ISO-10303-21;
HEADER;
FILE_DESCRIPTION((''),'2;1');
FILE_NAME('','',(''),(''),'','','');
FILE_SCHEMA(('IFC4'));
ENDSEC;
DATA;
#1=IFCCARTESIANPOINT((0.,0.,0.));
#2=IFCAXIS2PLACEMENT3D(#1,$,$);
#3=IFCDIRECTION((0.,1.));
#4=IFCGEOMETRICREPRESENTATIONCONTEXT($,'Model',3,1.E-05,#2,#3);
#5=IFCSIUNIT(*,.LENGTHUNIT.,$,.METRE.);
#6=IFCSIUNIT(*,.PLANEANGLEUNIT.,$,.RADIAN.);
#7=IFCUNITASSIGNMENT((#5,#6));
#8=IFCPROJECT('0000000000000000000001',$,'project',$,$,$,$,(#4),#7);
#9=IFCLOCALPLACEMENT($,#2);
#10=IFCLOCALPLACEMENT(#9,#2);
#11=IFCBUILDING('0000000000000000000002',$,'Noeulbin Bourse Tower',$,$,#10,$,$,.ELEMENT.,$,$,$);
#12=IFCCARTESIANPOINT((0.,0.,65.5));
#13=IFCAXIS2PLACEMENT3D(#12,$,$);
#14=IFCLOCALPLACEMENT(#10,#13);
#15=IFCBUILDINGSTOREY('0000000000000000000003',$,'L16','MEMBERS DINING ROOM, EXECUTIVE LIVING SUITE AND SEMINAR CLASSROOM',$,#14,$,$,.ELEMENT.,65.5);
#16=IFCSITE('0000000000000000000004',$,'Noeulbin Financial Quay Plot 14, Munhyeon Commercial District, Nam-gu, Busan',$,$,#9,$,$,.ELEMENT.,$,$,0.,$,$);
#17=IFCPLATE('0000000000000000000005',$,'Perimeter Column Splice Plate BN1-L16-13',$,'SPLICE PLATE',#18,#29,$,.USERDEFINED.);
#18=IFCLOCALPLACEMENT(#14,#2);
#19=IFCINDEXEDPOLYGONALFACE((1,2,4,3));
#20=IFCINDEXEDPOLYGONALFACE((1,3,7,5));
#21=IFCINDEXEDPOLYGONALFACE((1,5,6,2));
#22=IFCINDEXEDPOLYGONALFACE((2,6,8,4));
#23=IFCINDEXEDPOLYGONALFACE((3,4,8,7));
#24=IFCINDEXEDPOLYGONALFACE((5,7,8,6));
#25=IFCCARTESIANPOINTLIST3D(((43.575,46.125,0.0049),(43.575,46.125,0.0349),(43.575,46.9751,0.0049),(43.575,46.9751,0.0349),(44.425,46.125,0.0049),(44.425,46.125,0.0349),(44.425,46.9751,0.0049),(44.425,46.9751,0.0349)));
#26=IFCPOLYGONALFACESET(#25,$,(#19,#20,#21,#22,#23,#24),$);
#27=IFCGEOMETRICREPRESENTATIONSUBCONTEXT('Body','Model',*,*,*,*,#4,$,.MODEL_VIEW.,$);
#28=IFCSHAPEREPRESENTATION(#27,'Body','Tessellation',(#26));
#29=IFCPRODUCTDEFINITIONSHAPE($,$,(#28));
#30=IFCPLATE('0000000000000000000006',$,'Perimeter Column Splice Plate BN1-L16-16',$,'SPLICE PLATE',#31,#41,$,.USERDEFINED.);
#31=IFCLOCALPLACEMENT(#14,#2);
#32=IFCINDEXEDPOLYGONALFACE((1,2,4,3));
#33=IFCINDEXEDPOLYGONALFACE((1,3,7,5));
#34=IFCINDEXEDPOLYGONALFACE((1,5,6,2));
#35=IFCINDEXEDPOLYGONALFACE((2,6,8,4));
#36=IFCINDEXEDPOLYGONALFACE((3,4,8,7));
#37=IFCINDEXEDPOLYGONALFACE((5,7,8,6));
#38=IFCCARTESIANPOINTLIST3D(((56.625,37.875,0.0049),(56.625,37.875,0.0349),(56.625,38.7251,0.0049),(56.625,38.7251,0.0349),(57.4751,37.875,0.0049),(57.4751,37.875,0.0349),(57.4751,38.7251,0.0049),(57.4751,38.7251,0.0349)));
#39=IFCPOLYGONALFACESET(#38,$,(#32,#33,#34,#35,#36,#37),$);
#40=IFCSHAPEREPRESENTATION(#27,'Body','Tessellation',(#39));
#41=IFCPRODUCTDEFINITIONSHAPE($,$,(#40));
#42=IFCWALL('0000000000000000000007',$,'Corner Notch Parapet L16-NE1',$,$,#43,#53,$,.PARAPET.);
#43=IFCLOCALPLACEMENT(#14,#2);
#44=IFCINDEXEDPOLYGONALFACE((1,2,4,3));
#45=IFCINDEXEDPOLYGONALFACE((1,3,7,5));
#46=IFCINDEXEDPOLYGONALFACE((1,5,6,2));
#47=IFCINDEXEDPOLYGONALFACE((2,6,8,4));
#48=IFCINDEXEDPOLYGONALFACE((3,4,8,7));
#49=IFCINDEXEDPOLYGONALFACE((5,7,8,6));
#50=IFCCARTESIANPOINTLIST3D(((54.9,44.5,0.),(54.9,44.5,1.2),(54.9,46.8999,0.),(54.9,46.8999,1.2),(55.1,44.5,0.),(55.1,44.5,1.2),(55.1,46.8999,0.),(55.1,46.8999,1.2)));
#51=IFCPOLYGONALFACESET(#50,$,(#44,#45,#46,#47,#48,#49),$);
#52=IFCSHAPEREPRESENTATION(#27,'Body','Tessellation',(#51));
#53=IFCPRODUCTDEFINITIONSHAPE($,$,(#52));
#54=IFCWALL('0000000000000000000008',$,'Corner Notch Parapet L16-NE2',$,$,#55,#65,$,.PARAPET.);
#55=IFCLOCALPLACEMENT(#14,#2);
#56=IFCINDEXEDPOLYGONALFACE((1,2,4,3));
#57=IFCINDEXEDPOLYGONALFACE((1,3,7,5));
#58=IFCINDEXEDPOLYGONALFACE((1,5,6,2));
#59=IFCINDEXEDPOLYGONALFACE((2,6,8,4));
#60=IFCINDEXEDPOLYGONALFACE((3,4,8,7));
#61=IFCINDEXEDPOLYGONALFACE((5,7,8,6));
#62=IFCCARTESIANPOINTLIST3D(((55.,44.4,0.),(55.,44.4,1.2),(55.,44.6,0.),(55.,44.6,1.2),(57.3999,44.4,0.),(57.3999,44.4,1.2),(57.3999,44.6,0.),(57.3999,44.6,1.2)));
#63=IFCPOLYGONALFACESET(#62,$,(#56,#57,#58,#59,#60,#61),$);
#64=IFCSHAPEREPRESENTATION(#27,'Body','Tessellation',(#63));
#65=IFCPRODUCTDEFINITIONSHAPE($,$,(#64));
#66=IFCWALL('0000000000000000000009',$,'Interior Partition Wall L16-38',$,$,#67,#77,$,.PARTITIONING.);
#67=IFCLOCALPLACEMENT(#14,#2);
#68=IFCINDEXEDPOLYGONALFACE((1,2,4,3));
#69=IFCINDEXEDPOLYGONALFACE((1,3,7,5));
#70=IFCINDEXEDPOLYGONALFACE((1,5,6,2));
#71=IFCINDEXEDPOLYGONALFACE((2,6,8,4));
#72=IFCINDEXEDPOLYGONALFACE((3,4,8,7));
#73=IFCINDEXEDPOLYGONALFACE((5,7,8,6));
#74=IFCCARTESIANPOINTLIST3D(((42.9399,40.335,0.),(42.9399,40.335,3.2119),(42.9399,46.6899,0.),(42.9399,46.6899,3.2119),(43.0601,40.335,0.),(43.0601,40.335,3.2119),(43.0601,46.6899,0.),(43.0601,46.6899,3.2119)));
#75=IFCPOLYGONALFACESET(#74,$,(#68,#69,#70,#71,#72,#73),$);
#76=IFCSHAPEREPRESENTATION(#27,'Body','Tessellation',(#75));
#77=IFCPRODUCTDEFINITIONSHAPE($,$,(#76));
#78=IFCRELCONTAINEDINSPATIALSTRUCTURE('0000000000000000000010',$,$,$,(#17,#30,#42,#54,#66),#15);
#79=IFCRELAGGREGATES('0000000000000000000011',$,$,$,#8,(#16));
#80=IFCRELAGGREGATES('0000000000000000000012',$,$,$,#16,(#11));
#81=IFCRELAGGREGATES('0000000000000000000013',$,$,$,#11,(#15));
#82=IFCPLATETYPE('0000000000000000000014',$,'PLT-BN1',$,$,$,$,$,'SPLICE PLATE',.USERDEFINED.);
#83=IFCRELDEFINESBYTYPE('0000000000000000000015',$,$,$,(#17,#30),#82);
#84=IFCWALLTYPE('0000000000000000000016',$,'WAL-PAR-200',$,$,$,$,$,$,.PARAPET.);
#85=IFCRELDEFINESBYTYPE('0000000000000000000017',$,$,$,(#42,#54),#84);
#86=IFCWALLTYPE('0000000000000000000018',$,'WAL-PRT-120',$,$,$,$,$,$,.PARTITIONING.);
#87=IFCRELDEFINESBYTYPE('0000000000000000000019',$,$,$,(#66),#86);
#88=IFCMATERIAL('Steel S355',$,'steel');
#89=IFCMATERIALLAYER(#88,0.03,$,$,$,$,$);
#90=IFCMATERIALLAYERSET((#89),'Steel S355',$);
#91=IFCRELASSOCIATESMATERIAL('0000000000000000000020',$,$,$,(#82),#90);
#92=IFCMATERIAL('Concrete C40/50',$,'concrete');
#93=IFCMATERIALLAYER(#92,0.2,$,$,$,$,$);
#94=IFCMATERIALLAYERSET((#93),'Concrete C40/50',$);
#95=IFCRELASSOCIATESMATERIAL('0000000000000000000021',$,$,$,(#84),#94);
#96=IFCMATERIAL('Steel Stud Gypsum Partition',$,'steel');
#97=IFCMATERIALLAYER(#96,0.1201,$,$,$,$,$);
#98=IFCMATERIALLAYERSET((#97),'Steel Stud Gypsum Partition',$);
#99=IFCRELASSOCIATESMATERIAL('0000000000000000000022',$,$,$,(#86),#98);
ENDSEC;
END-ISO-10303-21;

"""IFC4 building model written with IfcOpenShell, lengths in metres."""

from ifc_helpers import new_model, si_unit, direction, frame, frame_2d, origin, origin_2d, place, context, subcontext, project, spatial, rectangle, extrude, material, layer, layer_set, type_object, element, save


model = new_model("IFC4")

# Units and contexts
model_context = context("Model", 3, precision=1e-05, world=origin(), true_north=direction((0.0, 1.0)))
body_context = subcontext(model_context, "Body", "Model", "MODEL_VIEW")
ifc_project = project(units=[si_unit("LENGTHUNIT", "METRE"), si_unit("PLANEANGLEUNIT", "RADIAN")], contexts=[model_context])

# Site, building, storey
site_placement = place(None, origin())
site = spatial("IfcSite", under=ifc_project, at=site_placement, Name="Noeulbin Financial Quay Plot 14, Munhyeon Commercial District, Nam-gu, Busan", CompositionType="ELEMENT", RefElevation=0.0)
building_placement = place(site_placement, origin())
building = spatial("IfcBuilding", under=site, at=building_placement, Name="Noeulbin Bourse Tower", CompositionType="ELEMENT")
storey_placement = place(building_placement, frame((0.0, 0.0, 65.5)))
storey = spatial("IfcBuildingStorey", under=building, at=storey_placement, Name="L16", Description="MEMBERS DINING ROOM, EXECUTIVE LIVING SUITE AND SEMINAR CLASSROOM", CompositionType="ELEMENT", Elevation=65.5)

# Shared definitions
ifc_material_1 = material(Name="Steel S355", Category="steel")

# Plates
ifc_layer_1 = layer(ifc_material_1, 0.03)
ifc_layer_set_1 = layer_set([ifc_layer_1], Name="Steel S355")
plate_type_1 = type_object("IfcPlateType", Name="PLT-BN1", ElementType="SPLICE PLATE", PredefinedType="USERDEFINED", material=ifc_layer_set_1)
for number, where, z_axis, x_axis, name in (
    (1, (44.0, 46.55, 0.0049), (0.0, 0.0, 1.0), (1.0, 0.0, 0.0), "Perimeter Column Splice Plate BN1-L16-13"),
    (2, (57.05, 38.3, 0.0049), (0.0, 0.0, 1.0), (1.0, 0.0, 0.0), "Perimeter Column Splice Plate BN1-L16-16"),
):
    element("IfcPlate", number, at=place(storey_placement, frame(where, z_axis=z_axis, x_axis=x_axis)), inside=storey, type_object=plate_type_1, Name=name, ObjectType="SPLICE PLATE", PredefinedType="USERDEFINED", context=body_context, shape_type="SweptSolid", body=[
        extrude(rectangle(XDim=0.8501, YDim=0.8501, at=origin_2d()), origin(), (0.0, 0.0, 1.0), 0.03),
    ])

# Walls
ifc_material_2 = material(Name="Concrete C40/50", Category="concrete")
ifc_layer_2 = layer(ifc_material_2, 0.2)
ifc_layer_set_2 = layer_set([ifc_layer_2], Name="Concrete C40/50")
wall_type_1 = type_object("IfcWallType", Name="WAL-PAR-200", PredefinedType="PARAPET", material=ifc_layer_set_2)
for number, where, z_axis, x_axis, name in (
    (3, (55.0, 46.8999, 0.0), (0.0, 0.0, 1.0), (0.0, -1.0, 0.0), "Corner Notch Parapet L16-NE1"),
    (4, (55.0, 44.5, 0.0), (0.0, 0.0, 1.0), (1.0, 0.0, 0.0), "Corner Notch Parapet L16-NE2"),
):
    element("IfcWall", number, at=place(storey_placement, frame(where, z_axis=z_axis, x_axis=x_axis)), inside=storey, type_object=wall_type_1, Name=name, PredefinedType="PARAPET", context=body_context, shape_type="SweptSolid", body=[
        extrude(rectangle(XDim=2.3999, YDim=0.2, at=frame_2d((1.2, 0.0))), origin(), (0.0, 0.0, 1.0), 1.2),
    ])
ifc_material_3 = material(Name="Steel Stud Gypsum Partition", Category="steel")
ifc_layer_3 = layer(ifc_material_3, 0.1201)
ifc_layer_set_3 = layer_set([ifc_layer_3], Name="Steel Stud Gypsum Partition")
wall_type_2 = type_object("IfcWallType", Name="WAL-PRT-120", PredefinedType="PARTITIONING", material=ifc_layer_set_3)
wall_placement = place(storey_placement, frame((43.0, 40.335, 0.0), z_axis=(0.0, 0.0, 1.0), x_axis=(0.0, 1.0, 0.0)))
element("IfcWall", 5, at=wall_placement, inside=storey, type_object=wall_type_2, Name="Interior Partition Wall L16-38", PredefinedType="PARTITIONING", context=body_context, shape_type="SweptSolid", body=[
    extrude(rectangle(XDim=6.355, YDim=0.1201, at=frame_2d((3.1775, 0.0))), origin(), (0.0, 0.0, 1.0), 3.2119),
])

save(model, "model.ifc")
